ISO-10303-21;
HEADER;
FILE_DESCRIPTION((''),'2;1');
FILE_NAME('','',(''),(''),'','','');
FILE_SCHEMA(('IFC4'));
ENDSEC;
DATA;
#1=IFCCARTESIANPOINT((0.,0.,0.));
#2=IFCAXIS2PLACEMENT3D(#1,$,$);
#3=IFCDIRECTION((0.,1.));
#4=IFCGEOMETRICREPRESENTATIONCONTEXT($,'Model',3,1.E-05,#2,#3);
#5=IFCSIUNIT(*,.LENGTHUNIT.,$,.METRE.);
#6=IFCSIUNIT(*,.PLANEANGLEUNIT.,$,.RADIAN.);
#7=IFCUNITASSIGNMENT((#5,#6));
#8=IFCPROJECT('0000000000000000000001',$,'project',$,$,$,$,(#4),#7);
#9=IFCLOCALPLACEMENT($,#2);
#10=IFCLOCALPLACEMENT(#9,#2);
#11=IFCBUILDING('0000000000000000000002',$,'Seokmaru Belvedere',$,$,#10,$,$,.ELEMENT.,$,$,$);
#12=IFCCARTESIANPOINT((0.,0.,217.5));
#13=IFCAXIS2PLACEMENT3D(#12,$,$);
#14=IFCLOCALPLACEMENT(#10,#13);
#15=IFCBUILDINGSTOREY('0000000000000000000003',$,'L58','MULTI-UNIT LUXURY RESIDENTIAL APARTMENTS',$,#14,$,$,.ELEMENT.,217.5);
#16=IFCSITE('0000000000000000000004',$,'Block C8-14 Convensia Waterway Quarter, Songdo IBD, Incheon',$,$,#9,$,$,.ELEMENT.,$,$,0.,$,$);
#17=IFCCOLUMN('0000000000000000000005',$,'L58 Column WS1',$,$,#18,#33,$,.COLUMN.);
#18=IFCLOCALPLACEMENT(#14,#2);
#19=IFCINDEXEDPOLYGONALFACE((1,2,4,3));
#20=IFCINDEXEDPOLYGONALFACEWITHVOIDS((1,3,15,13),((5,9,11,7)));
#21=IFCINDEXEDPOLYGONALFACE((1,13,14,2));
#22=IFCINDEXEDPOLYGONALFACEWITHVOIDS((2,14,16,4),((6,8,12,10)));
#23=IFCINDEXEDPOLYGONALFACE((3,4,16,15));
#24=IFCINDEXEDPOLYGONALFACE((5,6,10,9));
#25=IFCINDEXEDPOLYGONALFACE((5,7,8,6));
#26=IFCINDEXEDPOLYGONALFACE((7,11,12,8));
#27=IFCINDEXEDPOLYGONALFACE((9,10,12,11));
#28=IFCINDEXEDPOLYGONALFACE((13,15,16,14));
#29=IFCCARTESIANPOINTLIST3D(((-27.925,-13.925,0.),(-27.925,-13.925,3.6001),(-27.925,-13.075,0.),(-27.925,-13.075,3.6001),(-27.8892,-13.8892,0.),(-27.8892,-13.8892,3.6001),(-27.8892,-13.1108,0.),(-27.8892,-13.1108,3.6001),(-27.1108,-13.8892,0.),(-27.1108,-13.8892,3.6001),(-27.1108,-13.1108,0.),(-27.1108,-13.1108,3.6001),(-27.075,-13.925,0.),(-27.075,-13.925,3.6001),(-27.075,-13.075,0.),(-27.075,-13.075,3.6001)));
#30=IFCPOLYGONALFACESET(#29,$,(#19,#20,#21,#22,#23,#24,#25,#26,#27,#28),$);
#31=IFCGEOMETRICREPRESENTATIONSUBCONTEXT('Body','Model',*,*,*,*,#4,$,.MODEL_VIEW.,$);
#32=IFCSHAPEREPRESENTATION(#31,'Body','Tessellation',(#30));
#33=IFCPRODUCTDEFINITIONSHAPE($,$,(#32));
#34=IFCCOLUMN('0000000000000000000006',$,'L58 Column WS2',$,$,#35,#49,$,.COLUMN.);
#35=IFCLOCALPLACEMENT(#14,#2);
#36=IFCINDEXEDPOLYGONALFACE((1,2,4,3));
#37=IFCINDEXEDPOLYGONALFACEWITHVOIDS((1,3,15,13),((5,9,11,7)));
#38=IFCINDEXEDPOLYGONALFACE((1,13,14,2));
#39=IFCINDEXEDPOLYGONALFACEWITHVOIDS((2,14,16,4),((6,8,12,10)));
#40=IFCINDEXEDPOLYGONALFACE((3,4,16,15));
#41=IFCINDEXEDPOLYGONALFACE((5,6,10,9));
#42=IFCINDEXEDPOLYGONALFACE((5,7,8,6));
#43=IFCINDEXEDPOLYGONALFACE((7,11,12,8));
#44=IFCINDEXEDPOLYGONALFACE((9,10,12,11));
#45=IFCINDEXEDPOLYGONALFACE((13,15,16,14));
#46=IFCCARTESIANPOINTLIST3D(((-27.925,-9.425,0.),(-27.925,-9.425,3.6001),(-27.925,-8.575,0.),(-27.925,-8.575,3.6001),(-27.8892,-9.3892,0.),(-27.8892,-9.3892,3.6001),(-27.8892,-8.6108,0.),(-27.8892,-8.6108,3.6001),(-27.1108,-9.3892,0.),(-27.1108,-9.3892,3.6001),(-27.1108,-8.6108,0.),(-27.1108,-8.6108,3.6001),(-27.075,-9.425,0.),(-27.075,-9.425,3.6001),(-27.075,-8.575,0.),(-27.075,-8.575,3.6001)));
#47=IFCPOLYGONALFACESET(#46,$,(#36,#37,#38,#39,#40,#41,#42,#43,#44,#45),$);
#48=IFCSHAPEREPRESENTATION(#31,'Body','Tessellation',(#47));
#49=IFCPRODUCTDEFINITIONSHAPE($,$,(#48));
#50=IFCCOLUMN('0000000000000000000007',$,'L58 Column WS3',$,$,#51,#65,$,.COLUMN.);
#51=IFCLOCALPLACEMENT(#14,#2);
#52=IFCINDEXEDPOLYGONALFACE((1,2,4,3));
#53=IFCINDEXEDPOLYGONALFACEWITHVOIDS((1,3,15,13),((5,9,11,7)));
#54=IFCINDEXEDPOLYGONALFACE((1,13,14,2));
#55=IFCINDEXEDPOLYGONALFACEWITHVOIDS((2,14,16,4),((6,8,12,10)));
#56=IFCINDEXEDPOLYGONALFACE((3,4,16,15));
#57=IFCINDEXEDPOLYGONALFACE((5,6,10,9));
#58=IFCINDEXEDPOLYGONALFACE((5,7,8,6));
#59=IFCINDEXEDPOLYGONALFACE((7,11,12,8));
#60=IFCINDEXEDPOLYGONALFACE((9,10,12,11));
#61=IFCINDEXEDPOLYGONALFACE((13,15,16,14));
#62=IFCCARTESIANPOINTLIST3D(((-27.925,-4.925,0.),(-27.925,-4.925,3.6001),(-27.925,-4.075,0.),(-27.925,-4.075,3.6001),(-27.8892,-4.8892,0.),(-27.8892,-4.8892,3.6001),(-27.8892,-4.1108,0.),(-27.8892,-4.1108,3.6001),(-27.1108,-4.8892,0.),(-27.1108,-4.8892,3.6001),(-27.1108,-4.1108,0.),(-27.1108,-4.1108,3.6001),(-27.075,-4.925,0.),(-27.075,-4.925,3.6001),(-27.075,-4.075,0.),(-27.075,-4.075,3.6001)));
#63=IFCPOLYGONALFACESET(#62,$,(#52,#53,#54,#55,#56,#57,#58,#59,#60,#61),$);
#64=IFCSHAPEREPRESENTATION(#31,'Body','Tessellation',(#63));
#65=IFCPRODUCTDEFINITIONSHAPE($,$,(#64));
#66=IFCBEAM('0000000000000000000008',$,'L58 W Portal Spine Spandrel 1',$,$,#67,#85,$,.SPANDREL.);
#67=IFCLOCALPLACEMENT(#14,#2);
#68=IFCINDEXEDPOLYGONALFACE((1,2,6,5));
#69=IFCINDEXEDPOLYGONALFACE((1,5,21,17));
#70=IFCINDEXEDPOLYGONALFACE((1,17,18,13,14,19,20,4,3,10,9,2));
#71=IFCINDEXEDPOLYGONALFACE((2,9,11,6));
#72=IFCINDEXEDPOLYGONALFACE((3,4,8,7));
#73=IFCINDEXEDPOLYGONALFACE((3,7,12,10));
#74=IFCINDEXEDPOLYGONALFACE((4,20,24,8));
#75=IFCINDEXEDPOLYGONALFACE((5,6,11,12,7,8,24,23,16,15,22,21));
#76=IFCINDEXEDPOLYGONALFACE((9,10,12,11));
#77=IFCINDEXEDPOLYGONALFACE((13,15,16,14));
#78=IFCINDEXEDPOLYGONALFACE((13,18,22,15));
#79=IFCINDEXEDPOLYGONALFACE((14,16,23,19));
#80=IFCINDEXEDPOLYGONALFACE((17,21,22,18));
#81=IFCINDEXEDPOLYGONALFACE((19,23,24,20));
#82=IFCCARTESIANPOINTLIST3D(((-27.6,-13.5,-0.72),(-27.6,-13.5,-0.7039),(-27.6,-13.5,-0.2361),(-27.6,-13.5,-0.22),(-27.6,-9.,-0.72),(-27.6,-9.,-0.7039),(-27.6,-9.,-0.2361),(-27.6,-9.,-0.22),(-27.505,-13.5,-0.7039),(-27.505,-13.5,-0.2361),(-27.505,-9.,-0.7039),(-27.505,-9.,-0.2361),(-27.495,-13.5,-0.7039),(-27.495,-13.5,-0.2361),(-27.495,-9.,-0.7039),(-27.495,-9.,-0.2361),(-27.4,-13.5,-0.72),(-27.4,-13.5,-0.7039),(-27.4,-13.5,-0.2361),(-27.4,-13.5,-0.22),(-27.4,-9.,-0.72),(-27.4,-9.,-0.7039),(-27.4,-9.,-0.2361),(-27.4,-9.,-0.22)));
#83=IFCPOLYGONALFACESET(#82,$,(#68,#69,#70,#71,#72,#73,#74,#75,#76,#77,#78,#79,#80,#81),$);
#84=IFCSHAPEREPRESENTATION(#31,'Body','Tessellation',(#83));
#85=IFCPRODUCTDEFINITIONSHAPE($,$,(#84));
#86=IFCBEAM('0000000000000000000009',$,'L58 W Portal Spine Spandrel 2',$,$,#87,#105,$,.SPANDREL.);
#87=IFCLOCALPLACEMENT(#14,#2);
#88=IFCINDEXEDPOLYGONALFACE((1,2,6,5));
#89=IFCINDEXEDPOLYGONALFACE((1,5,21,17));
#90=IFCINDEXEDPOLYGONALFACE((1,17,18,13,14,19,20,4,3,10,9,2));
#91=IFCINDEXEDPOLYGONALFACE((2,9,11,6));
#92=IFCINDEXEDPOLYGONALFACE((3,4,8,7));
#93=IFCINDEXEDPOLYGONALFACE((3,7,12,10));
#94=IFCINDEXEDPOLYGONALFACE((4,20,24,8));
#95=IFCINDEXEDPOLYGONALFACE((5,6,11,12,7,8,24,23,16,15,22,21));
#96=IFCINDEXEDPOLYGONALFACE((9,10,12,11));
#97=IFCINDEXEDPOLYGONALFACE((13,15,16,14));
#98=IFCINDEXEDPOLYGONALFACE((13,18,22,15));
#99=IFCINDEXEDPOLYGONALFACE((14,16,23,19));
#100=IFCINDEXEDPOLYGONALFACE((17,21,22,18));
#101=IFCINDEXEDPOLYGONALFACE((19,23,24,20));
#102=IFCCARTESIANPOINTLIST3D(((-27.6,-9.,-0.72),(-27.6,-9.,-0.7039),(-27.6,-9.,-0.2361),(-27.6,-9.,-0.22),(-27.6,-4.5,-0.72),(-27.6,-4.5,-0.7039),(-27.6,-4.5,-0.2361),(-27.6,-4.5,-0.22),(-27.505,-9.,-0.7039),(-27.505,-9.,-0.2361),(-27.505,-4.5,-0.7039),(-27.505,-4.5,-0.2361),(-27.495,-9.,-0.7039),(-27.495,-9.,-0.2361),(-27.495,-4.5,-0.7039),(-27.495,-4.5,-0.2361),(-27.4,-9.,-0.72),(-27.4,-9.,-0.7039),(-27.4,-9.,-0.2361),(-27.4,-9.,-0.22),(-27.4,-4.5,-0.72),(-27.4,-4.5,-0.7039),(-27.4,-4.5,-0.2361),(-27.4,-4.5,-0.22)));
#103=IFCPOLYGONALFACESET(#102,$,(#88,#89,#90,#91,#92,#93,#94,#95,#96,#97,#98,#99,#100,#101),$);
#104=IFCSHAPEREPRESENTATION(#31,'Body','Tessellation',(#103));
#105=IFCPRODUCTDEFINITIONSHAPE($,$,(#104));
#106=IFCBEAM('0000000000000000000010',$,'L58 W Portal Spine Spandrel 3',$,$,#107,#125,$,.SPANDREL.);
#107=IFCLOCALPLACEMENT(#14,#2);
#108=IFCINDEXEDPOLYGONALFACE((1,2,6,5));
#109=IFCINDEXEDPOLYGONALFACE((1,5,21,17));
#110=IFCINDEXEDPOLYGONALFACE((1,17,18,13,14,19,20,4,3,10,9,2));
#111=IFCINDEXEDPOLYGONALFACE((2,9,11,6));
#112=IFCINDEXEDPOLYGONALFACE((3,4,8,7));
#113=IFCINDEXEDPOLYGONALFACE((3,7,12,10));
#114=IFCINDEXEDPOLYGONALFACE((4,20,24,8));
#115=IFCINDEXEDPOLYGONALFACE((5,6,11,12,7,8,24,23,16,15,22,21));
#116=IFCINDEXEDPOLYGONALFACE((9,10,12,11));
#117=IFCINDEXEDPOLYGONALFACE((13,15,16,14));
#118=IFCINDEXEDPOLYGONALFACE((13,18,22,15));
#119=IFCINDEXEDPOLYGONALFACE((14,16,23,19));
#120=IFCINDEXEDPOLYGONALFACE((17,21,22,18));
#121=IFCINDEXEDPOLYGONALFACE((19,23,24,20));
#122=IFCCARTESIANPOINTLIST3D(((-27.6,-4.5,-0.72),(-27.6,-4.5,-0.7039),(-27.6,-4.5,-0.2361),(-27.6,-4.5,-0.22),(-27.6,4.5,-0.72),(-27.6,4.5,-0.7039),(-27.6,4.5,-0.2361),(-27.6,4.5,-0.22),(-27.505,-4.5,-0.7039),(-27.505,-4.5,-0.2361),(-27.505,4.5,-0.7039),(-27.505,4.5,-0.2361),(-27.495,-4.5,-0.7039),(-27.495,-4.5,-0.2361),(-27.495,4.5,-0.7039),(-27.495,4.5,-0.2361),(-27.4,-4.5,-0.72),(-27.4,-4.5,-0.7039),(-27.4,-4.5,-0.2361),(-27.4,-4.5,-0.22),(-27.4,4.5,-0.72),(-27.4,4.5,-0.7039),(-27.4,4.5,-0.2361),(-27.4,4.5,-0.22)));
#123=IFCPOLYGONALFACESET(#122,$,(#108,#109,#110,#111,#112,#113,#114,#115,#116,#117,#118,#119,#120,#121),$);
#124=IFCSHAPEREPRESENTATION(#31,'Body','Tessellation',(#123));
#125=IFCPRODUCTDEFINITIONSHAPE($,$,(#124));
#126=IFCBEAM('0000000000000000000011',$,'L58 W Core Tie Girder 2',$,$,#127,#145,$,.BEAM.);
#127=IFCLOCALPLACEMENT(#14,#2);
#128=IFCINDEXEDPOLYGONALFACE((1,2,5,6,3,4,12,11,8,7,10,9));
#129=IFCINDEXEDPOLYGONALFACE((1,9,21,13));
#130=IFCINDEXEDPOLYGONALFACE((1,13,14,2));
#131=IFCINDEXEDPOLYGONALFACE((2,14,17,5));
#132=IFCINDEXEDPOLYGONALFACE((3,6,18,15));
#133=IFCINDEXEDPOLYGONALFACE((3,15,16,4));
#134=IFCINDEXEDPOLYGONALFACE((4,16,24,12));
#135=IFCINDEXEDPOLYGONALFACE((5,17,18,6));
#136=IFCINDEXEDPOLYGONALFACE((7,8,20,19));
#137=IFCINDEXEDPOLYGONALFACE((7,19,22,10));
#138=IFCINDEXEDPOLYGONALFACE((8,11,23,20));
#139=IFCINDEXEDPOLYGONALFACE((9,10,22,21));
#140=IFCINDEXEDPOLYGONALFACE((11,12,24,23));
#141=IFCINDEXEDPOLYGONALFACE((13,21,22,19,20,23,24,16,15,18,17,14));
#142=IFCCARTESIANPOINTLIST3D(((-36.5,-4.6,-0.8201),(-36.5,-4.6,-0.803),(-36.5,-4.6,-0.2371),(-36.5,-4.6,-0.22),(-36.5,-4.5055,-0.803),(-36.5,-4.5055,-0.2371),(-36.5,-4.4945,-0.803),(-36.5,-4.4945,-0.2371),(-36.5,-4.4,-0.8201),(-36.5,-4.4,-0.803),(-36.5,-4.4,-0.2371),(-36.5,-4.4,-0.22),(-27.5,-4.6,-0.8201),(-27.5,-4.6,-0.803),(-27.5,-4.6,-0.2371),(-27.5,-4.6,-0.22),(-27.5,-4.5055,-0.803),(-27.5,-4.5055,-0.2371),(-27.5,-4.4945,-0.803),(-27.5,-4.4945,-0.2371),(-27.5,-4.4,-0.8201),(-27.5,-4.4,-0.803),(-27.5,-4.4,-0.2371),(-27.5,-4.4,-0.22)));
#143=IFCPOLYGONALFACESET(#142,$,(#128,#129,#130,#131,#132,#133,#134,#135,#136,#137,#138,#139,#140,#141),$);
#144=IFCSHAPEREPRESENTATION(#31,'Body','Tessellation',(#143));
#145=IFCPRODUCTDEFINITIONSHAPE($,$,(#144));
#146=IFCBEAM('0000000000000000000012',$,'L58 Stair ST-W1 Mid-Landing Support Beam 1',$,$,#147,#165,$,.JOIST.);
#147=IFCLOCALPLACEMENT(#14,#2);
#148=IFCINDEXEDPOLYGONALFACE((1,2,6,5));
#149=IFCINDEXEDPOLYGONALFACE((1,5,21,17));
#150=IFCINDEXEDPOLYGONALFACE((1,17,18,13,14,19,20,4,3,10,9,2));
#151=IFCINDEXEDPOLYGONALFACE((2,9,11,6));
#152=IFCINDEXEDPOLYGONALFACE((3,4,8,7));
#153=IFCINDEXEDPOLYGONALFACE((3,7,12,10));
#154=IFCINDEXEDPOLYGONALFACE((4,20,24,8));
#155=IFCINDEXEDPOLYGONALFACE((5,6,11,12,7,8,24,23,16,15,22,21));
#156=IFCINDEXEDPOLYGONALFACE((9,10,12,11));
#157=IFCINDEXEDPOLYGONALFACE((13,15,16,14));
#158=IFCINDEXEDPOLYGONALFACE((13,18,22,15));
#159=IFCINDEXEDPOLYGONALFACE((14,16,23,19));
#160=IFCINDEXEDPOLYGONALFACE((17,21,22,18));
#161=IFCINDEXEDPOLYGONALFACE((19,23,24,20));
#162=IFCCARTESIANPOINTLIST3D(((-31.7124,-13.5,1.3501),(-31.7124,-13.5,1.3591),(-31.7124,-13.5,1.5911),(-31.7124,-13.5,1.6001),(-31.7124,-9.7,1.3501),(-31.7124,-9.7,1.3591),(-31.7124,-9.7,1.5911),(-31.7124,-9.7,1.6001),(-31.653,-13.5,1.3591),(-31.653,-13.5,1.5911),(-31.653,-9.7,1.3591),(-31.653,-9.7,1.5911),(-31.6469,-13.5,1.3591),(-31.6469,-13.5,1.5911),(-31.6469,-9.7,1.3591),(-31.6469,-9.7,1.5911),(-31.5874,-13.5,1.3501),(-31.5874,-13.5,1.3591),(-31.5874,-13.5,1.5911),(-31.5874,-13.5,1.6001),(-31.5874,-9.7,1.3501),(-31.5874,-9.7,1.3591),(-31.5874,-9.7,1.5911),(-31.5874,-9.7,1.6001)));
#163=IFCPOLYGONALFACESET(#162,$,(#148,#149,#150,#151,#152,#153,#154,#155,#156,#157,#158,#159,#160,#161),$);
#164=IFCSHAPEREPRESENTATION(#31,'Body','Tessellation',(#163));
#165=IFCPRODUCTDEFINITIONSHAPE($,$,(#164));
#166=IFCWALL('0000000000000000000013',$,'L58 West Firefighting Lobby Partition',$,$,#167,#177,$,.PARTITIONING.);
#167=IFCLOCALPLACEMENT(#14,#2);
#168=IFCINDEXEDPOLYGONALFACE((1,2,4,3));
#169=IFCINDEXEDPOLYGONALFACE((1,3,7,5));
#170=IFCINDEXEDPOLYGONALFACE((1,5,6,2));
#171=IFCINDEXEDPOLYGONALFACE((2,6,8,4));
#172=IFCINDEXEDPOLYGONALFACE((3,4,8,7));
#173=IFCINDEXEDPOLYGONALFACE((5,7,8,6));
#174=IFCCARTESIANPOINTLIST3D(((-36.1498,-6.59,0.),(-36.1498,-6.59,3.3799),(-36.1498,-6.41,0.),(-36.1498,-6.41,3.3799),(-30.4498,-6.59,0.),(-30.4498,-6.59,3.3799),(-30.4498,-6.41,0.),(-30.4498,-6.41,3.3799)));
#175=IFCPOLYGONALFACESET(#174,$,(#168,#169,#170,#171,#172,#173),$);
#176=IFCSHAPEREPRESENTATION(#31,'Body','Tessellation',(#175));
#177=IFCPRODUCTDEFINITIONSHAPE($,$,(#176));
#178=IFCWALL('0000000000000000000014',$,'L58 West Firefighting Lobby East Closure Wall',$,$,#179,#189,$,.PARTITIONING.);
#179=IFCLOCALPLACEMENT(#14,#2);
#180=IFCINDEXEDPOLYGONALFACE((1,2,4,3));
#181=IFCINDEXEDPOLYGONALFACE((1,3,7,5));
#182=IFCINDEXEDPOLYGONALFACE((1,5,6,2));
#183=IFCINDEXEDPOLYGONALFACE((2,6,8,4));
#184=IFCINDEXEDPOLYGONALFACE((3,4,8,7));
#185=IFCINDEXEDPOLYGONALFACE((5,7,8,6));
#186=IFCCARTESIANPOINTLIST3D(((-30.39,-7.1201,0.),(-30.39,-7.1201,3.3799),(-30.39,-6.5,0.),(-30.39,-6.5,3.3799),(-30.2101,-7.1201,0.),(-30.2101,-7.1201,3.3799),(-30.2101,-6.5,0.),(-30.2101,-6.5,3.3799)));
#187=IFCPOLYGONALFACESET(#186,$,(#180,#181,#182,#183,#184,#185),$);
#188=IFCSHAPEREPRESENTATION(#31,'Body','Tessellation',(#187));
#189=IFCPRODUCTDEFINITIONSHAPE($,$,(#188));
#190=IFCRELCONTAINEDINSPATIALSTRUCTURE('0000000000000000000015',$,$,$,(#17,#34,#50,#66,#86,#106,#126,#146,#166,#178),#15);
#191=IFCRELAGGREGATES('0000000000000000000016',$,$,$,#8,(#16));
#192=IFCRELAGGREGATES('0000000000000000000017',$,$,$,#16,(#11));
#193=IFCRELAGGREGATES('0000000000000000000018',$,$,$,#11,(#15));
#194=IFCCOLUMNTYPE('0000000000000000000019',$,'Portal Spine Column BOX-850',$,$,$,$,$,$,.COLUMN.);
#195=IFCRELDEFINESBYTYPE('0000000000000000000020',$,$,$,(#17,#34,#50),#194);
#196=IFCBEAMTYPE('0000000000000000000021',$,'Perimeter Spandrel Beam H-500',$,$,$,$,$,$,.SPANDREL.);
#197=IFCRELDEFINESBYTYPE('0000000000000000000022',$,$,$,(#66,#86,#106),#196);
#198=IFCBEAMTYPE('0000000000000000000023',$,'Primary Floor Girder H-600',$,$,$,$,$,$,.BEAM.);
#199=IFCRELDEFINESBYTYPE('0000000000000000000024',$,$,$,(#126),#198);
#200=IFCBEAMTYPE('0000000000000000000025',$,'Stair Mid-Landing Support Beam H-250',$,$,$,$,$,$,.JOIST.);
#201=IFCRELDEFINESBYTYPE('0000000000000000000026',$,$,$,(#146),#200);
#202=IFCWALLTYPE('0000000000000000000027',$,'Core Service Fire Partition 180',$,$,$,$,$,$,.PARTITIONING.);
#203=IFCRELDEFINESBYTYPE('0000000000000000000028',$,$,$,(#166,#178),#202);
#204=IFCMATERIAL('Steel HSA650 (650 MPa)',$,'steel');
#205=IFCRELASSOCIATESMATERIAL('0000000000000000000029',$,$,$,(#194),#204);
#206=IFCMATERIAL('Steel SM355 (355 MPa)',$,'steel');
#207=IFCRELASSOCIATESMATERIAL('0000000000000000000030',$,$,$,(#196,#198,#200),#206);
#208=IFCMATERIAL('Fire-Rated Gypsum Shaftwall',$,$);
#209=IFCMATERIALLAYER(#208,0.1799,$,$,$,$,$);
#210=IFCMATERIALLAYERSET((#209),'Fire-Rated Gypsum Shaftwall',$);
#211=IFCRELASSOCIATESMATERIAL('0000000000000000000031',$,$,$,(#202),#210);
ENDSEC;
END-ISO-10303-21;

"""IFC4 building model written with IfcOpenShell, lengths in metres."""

from ifc_helpers import new_model, si_unit, direction, frame, frame_2d, origin, origin_2d, place, context, subcontext, project, spatial, rectangle, hollow_rectangle, i_section, extrude, source, transform, mapped, material, layer, layer_set, material_profile, profile_set, type_object, type_shapes, element, save


model = new_model("IFC4")

# Units and contexts
model_context = context("Model", 3, precision=1e-05, world=origin(), true_north=direction((0.0, 1.0)))
body_context = subcontext(model_context, "Body", "Model", "MODEL_VIEW")
ifc_project = project(units=[si_unit("LENGTHUNIT", "METRE"), si_unit("PLANEANGLEUNIT", "RADIAN")], contexts=[model_context])

# Site, building, storey
site_placement = place(None, origin())
site = spatial("IfcSite", under=ifc_project, at=site_placement, Name="Block C8-14 Convensia Waterway Quarter, Songdo IBD, Incheon", CompositionType="ELEMENT", RefElevation=0.0)
building_placement = place(site_placement, origin())
building = spatial("IfcBuilding", under=site, at=building_placement, Name="Seokmaru Belvedere", CompositionType="ELEMENT")
storey_placement = place(building_placement, frame((0.0, 0.0, 217.5)))
storey = spatial("IfcBuildingStorey", under=building, at=storey_placement, Name="L58", Description="MULTI-UNIT LUXURY RESIDENTIAL APARTMENTS", CompositionType="ELEMENT", Elevation=217.5)

# Columns
ifc_material_1 = material(Name="Steel HSA650 (650 MPa)", Category="steel")
ifc_material_profile_1 = material_profile(ifc_material_1, hollow_rectangle(XDim=0.8501, YDim=0.8501, WallThickness=0.0359, at=origin_2d()), Name="BOX-850x850x36")
ifc_profile_set_1 = profile_set([ifc_material_profile_1], Name="Steel HSA650 (650 MPa)")
column_type = type_object("IfcColumnType", Name="Portal Spine Column BOX-850", PredefinedType="COLUMN", material=ifc_profile_set_1)
shared_shape_1 = source(origin(), body_context, "Body", "SweptSolid", [
    extrude(hollow_rectangle(XDim=0.8501, YDim=0.8501, WallThickness=0.0359, at=origin_2d()), origin(), (0.0, 0.0, 1.0), 3.6001),
])
type_shapes(column_type, [shared_shape_1])
for number, where, z_axis, x_axis, name in (
    (1, (-27.5, -13.5, 0.0), (0.0, 0.0, 1.0), (1.0, 0.0, 0.0), "L58 Column WS1"),
    (2, (-27.5, -9.0, 0.0), (0.0, 0.0, 1.0), (1.0, 0.0, 0.0), "L58 Column WS2"),
    (3, (-27.5, -4.5, 0.0), (0.0, 0.0, 1.0), (1.0, 0.0, 0.0), "L58 Column WS3"),
):
    element("IfcColumn", number, at=place(storey_placement, frame(where, z_axis=z_axis, x_axis=x_axis)), inside=storey, type_object=column_type, Name=name, PredefinedType="COLUMN", context=body_context, shape_type="MappedRepresentation", body=[
        mapped(shared_shape_1, transform((0.0, 0.0, 0.0), scale=1.0)),
    ])

# Beams
ifc_material_2 = material(Name="Steel SM355 (355 MPa)", Category="steel")
ifc_material_profile_2 = material_profile(ifc_material_2, i_section(OverallWidth=0.2, OverallDepth=0.5, WebThickness=0.01, FlangeThickness=0.0161, at=origin_2d()), Name="H-500x200x10x16")
ifc_profile_set_2 = profile_set([ifc_material_profile_2], Name="Steel SM355 (355 MPa)")
beam_type_1 = type_object("IfcBeamType", Name="Perimeter Spandrel Beam H-500", PredefinedType="SPANDREL", material=ifc_profile_set_2)
shared_shape_2 = source(origin(), body_context, "Body", "SweptSolid", [
    extrude(i_section(OverallWidth=0.2, OverallDepth=0.5, WebThickness=0.01, FlangeThickness=0.0161, at=origin_2d()), origin(), (0.0, 0.0, 1.0), 4.5),
])
for number, where, z_axis, x_axis, name in (
    (4, (-27.5, -13.5, -0.47), (0.0, 1.0, 0.0), (-1.0, 0.0, 0.0), "L58 W Portal Spine Spandrel 1"),
    (5, (-27.5, -9.0, -0.47), (0.0, 1.0, 0.0), (-1.0, 0.0, 0.0), "L58 W Portal Spine Spandrel 2"),
):
    element("IfcBeam", number, at=place(storey_placement, frame(where, z_axis=z_axis, x_axis=x_axis)), inside=storey, type_object=beam_type_1, Name=name, PredefinedType="SPANDREL", context=body_context, shape_type="MappedRepresentation", body=[
        mapped(shared_shape_2, transform((0.0, 0.0, 0.0), scale=1.0)),
    ])
shared_shape_3 = source(origin(), body_context, "Body", "SweptSolid", [
    extrude(i_section(OverallWidth=0.2, OverallDepth=0.5, WebThickness=0.01, FlangeThickness=0.0161, at=origin_2d()), origin(), (0.0, 0.0, 1.0), 9.0),
])
type_shapes(beam_type_1, [shared_shape_2, shared_shape_3])
beam_1_placement = place(storey_placement, frame((-27.5, -4.5, -0.47), z_axis=(0.0, 1.0, 0.0), x_axis=(-1.0, 0.0, 0.0)))
element("IfcBeam", 6, at=beam_1_placement, inside=storey, type_object=beam_type_1, Name="L58 W Portal Spine Spandrel 3", PredefinedType="SPANDREL", context=body_context, shape_type="MappedRepresentation", body=[
    mapped(shared_shape_3, transform((0.0, 0.0, 0.0), scale=1.0)),
])
ifc_material_profile_3 = material_profile(ifc_material_2, i_section(OverallWidth=0.2, OverallDepth=0.6001, WebThickness=0.011, FlangeThickness=0.0171, at=origin_2d()), Name="H-600x200x11x17")
ifc_profile_set_3 = profile_set([ifc_material_profile_3], Name="Steel SM355 (355 MPa)")
beam_type_2 = type_object("IfcBeamType", Name="Primary Floor Girder H-600", PredefinedType="BEAM", material=ifc_profile_set_3)
shared_shape_4 = source(origin(), body_context, "Body", "SweptSolid", [
    extrude(i_section(OverallWidth=0.2, OverallDepth=0.6001, WebThickness=0.011, FlangeThickness=0.0171, at=origin_2d()), origin(), (0.0, 0.0, 1.0), 9.0),
])
type_shapes(beam_type_2, [shared_shape_4])
beam_2_placement = place(storey_placement, frame((-36.5, -4.5, -0.52), z_axis=(1.0, 0.0, 0.0), x_axis=(0.0, 1.0, 0.0)))
element("IfcBeam", 7, at=beam_2_placement, inside=storey, type_object=beam_type_2, Name="L58 W Core Tie Girder 2", PredefinedType="BEAM", context=body_context, shape_type="MappedRepresentation", body=[
    mapped(shared_shape_4, transform((0.0, 0.0, 0.0), scale=1.0)),
])
ifc_material_profile_4 = material_profile(ifc_material_2, i_section(OverallWidth=0.125, OverallDepth=0.25, WebThickness=0.0061, FlangeThickness=0.009, at=origin_2d()), Name="H-250x125x6x9")
ifc_profile_set_4 = profile_set([ifc_material_profile_4], Name="Steel SM355 (355 MPa)")
beam_type_3 = type_object("IfcBeamType", Name="Stair Mid-Landing Support Beam H-250", PredefinedType="JOIST", material=ifc_profile_set_4)
shared_shape_5 = source(origin(), body_context, "Body", "SweptSolid", [
    extrude(i_section(OverallWidth=0.125, OverallDepth=0.25, WebThickness=0.0061, FlangeThickness=0.009, at=origin_2d()), origin(), (0.0, 0.0, 1.0), 3.8),
])
type_shapes(beam_type_3, [shared_shape_5])
beam_3_placement = place(storey_placement, frame((-31.6499, -13.5, 1.4751), z_axis=(0.0, 1.0, 0.0), x_axis=(-1.0, 0.0, 0.0)))
element("IfcBeam", 8, at=beam_3_placement, inside=storey, type_object=beam_type_3, Name="L58 Stair ST-W1 Mid-Landing Support Beam 1", PredefinedType="JOIST", context=body_context, shape_type="MappedRepresentation", body=[
    mapped(shared_shape_5, transform((0.0, 0.0, 0.0), scale=1.0)),
])

# Walls
ifc_material_3 = material(Name="Fire-Rated Gypsum Shaftwall")
ifc_layer_1 = layer(ifc_material_3, 0.1799)
ifc_layer_set_1 = layer_set([ifc_layer_1], Name="Fire-Rated Gypsum Shaftwall")
wall_type_1 = type_object("IfcWallType", Name="Core Service Fire Partition 180", PredefinedType="PARTITIONING", material=ifc_layer_set_1)
wall_1_placement = place(storey_placement, frame((-36.1499, -6.5, 0.0), z_axis=(0.0, 0.0, 1.0), x_axis=(1.0, 0.0, 0.0)))
element("IfcWall", 9, at=wall_1_placement, inside=storey, type_object=wall_type_1, Name="L58 West Firefighting Lobby Partition", PredefinedType="PARTITIONING", context=body_context, shape_type="SweptSolid", body=[
    extrude(rectangle(XDim=5.7, YDim=0.1799, at=frame_2d((2.8501, 0.0))), origin(), (0.0, 0.0, 1.0), 3.3799),
])
wall_2_placement = place(storey_placement, frame((-30.3, -7.1201, 0.0), z_axis=(0.0, 0.0, 1.0), x_axis=(0.0, 1.0, 0.0)))
element("IfcWall", 10, at=wall_2_placement, inside=storey, type_object=wall_type_1, Name="L58 West Firefighting Lobby East Closure Wall", PredefinedType="PARTITIONING", context=body_context, shape_type="SweptSolid", body=[
    extrude(rectangle(XDim=0.6201, YDim=0.1799, at=frame_2d((0.3101, 0.0))), origin(), (0.0, 0.0, 1.0), 3.3799),
])

save(model, "model.ifc")
